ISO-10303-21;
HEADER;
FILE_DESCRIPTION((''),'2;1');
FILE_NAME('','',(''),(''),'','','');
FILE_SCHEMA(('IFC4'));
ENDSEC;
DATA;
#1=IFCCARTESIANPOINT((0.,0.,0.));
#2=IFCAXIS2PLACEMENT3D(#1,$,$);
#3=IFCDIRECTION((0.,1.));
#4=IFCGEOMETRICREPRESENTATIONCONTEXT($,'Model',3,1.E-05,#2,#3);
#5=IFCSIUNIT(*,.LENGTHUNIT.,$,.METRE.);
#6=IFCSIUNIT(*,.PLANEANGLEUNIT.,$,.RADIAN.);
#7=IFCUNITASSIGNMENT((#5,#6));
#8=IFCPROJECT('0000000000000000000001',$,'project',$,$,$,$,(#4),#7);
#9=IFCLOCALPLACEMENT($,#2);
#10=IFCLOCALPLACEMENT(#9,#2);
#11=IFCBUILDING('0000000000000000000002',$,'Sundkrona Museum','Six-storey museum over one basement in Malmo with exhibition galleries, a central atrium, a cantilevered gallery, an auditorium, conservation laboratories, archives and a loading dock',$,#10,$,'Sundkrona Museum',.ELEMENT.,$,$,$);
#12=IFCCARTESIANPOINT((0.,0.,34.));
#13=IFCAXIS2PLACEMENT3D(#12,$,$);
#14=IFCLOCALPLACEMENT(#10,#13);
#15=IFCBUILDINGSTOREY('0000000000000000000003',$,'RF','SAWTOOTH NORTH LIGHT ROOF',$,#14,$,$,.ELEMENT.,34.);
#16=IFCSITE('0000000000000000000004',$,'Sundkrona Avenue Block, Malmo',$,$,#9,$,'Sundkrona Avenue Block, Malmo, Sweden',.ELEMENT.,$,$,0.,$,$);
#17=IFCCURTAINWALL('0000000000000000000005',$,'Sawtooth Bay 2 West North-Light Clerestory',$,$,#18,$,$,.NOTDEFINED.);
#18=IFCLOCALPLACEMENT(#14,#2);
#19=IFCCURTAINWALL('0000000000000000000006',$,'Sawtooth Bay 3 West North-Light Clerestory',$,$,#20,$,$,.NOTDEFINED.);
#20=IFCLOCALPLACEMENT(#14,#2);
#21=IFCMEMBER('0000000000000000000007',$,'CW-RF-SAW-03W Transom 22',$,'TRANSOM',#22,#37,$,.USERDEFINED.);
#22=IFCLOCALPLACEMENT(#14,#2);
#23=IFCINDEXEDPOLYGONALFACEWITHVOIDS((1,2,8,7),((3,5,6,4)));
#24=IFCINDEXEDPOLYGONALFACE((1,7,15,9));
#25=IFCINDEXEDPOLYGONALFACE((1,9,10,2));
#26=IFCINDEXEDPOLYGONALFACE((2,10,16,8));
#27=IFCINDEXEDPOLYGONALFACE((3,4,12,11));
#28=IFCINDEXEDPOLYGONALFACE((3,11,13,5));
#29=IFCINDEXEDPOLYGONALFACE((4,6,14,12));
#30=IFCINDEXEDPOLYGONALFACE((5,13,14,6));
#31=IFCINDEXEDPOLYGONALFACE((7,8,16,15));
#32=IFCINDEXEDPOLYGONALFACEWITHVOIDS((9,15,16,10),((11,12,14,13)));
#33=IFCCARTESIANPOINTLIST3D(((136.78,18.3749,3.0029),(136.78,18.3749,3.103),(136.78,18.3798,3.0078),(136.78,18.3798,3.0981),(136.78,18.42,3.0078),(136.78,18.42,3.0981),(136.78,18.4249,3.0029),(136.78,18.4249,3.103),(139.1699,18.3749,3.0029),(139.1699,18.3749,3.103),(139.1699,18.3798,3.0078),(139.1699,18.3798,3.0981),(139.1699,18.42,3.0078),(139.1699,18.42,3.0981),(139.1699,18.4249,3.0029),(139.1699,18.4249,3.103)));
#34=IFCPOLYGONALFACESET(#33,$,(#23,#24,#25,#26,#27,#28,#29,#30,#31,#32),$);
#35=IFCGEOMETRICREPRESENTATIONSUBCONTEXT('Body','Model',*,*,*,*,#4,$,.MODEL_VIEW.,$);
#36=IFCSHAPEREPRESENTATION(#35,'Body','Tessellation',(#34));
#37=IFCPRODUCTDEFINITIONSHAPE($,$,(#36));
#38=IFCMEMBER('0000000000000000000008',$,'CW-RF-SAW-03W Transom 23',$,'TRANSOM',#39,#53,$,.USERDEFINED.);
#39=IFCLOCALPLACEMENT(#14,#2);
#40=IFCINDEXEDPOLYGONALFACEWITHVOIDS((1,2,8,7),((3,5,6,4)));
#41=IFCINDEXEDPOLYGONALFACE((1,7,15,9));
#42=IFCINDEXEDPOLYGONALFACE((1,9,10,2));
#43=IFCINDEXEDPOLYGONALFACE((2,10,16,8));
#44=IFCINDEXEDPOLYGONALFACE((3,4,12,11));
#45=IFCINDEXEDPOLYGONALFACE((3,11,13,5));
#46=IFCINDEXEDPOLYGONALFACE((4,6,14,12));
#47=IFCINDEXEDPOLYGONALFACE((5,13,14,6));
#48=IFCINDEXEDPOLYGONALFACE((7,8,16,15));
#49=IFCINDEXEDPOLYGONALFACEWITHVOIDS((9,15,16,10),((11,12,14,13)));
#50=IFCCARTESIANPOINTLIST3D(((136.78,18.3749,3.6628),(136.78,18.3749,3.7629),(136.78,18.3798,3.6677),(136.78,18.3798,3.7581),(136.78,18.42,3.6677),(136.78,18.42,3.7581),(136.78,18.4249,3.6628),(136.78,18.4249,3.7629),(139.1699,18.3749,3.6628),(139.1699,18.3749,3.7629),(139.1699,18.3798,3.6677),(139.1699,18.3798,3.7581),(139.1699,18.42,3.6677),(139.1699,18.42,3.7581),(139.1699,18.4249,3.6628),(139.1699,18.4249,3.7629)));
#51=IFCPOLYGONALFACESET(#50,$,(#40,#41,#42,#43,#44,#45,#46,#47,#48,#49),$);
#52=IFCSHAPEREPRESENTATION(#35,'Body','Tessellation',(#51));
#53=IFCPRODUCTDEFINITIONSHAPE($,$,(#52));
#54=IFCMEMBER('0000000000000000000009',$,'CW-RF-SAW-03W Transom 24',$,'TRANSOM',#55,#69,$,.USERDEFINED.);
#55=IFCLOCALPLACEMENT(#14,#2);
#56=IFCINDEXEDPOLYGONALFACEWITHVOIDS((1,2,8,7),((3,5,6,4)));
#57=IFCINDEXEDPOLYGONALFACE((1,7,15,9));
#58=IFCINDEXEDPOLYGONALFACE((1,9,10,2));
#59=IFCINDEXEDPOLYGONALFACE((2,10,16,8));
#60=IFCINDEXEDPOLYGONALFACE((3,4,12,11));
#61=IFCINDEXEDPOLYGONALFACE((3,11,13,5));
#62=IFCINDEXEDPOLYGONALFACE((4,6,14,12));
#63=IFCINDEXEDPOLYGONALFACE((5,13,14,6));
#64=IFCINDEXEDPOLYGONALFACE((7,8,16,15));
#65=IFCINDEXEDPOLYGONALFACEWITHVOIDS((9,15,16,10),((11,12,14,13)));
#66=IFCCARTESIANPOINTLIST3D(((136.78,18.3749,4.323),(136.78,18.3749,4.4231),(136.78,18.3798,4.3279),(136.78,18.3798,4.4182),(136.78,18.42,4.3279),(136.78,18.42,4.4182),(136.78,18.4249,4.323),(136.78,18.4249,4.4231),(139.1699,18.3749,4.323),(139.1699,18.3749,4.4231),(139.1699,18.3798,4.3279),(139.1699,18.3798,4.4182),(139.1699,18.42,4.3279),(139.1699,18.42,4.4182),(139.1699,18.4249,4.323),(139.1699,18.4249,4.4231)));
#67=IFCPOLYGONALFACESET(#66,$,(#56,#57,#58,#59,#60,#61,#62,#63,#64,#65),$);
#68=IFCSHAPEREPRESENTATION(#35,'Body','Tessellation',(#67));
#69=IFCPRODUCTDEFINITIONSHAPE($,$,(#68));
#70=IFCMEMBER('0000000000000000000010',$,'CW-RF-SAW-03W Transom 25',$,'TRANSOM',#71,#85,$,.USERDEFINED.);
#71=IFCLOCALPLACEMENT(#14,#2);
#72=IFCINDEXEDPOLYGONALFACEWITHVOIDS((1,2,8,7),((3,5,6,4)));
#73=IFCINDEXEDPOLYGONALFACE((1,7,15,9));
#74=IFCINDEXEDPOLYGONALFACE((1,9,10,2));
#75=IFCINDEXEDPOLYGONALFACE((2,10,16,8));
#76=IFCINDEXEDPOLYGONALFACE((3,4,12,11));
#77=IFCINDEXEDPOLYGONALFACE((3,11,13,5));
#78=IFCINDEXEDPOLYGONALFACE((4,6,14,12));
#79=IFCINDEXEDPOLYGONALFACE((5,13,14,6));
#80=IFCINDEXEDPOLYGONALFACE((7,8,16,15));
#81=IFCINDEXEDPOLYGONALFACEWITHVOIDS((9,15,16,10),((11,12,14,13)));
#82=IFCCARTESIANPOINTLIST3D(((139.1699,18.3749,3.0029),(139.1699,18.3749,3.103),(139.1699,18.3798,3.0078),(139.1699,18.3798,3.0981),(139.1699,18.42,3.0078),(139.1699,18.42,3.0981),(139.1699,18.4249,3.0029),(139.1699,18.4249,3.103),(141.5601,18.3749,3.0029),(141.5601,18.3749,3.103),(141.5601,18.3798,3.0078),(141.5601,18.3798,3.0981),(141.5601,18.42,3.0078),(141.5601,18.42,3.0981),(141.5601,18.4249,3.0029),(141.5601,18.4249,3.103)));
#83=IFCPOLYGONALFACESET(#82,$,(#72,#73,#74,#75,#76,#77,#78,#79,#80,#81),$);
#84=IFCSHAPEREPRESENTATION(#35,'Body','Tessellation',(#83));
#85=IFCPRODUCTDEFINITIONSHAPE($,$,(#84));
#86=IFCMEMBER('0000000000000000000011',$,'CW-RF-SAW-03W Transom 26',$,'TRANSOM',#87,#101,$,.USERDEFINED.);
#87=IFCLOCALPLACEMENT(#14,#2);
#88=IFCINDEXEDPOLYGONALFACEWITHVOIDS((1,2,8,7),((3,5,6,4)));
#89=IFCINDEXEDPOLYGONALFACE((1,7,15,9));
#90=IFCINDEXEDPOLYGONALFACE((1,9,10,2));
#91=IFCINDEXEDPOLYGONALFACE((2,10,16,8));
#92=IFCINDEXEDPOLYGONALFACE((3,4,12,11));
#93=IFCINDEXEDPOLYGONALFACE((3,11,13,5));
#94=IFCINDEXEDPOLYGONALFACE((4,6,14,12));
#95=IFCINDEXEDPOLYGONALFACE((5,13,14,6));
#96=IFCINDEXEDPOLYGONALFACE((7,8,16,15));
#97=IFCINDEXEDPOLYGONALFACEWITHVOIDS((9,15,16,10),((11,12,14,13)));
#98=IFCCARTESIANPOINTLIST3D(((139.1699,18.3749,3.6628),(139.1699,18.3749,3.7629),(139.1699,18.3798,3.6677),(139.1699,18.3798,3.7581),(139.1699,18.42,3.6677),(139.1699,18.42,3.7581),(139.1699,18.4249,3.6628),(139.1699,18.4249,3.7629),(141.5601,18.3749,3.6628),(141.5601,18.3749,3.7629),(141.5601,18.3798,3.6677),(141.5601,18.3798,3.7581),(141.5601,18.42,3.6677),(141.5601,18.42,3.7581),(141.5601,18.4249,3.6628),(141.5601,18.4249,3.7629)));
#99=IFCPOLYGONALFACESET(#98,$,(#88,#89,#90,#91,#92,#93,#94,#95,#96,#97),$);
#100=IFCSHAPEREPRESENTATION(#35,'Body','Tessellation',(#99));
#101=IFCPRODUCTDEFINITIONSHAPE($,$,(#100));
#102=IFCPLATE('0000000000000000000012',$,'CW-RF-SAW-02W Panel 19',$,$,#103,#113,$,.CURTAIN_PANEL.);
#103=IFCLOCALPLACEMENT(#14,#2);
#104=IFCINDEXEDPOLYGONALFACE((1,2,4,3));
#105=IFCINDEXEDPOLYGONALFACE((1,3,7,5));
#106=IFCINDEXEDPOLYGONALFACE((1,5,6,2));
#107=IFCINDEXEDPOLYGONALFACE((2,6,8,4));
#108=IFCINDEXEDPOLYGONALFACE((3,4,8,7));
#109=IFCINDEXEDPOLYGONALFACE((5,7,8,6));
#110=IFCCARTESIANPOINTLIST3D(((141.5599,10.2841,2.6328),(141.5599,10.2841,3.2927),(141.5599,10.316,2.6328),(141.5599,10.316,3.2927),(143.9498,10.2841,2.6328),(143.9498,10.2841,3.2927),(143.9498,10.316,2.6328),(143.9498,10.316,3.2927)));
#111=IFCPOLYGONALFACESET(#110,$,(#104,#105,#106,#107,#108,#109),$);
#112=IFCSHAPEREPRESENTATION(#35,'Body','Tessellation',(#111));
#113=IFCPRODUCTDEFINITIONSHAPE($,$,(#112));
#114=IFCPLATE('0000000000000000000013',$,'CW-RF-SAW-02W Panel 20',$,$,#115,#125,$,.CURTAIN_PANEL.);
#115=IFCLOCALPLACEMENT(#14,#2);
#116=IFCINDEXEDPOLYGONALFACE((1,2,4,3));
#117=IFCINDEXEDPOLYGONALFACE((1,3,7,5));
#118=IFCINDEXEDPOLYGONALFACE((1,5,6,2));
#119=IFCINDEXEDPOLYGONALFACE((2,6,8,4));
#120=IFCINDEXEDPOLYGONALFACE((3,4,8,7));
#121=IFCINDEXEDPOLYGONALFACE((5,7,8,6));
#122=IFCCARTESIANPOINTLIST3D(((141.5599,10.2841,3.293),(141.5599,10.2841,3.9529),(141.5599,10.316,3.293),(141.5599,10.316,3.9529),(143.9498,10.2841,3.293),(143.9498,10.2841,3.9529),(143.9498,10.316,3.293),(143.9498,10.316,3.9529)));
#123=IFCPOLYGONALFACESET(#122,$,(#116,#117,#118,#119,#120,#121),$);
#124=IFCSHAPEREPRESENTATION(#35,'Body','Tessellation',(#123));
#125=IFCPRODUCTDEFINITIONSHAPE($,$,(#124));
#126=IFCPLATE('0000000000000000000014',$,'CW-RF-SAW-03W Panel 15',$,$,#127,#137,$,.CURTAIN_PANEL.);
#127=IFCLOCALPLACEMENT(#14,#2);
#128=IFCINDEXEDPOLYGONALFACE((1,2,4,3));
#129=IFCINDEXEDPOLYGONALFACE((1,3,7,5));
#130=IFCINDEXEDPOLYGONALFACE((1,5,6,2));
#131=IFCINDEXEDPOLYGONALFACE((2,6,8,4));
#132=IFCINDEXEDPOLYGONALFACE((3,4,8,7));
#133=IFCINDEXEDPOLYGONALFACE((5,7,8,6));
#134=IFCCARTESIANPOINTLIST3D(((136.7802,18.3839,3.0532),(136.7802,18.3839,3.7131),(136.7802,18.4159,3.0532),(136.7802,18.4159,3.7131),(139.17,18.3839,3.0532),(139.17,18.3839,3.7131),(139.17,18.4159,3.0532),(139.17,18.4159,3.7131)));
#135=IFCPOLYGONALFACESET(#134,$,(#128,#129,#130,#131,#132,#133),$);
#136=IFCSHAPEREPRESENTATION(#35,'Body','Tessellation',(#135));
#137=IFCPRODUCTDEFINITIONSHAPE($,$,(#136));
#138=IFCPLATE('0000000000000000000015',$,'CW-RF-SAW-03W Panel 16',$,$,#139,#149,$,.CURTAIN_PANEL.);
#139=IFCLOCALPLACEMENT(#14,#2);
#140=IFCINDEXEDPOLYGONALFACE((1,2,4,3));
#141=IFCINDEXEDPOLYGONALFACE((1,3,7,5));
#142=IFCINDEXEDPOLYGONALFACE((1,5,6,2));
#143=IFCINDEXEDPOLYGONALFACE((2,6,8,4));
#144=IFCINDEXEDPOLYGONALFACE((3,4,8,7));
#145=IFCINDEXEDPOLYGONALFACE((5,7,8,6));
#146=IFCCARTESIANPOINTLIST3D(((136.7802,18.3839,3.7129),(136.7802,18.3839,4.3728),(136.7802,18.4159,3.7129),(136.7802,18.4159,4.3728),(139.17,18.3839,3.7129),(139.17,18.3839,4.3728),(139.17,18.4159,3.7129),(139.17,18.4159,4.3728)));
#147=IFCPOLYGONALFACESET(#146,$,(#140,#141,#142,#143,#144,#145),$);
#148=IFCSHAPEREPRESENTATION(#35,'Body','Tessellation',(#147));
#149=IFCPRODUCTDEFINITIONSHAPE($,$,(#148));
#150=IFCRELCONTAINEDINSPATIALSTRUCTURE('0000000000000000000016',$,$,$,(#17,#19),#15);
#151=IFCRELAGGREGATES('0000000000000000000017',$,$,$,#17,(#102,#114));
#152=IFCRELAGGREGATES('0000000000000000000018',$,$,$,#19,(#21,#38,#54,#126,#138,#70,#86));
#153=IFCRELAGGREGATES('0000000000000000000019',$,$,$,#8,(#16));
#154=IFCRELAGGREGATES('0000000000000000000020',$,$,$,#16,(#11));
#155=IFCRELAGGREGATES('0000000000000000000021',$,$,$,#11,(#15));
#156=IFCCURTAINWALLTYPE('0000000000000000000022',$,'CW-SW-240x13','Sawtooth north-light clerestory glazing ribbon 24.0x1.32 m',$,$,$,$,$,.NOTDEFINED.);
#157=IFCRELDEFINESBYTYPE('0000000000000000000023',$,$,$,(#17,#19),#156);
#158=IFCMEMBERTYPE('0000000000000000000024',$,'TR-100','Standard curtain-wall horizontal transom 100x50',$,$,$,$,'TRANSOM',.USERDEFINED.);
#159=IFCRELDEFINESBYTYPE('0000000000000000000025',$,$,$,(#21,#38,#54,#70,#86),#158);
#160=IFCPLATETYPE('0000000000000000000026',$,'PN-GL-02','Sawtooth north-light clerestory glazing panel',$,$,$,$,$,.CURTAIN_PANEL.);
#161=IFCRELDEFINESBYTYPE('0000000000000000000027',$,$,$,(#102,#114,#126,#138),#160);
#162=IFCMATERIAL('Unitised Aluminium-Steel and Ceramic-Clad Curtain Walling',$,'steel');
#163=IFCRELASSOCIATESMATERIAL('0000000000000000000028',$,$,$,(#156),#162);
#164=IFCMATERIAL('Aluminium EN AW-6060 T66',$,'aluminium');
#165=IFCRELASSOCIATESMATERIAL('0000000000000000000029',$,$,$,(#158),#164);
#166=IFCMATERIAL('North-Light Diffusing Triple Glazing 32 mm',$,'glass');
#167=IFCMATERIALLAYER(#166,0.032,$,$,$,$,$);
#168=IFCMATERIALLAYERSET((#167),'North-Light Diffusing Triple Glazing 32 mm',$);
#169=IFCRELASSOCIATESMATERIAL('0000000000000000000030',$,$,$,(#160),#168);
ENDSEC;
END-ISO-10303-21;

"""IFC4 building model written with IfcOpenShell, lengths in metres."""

from ifc_helpers import new_model, si_unit, direction, frame, origin, origin_2d, place, context, subcontext, project, spatial, rectangle, hollow_rectangle, extrude, material, layer, layer_set, material_profile, profile_set, type_object, element, aggregate, save


model = new_model("IFC4")

# Units and contexts
model_context = context("Model", 3, precision=1e-05, world=origin(), true_north=direction((0.0, 1.0)))
body_context = subcontext(model_context, "Body", "Model", "MODEL_VIEW")
ifc_project = project(units=[si_unit("LENGTHUNIT", "METRE"), si_unit("PLANEANGLEUNIT", "RADIAN")], contexts=[model_context])

# Site, building, storey
site_placement = place(None, origin())
site = spatial("IfcSite", under=ifc_project, at=site_placement, Name="Sundkrona Avenue Block, Malmo", LongName="Sundkrona Avenue Block, Malmo, Sweden", CompositionType="ELEMENT", RefElevation=0.0)
building_placement = place(site_placement, origin())
building = spatial("IfcBuilding", under=site, at=building_placement, Name="Sundkrona Museum", Description="Six-storey museum over one basement in Malmo with exhibition galleries, a central atrium, a cantilevered gallery, an auditorium, conservation laboratories, archives and a loading dock", LongName="Sundkrona Museum", CompositionType="ELEMENT")
storey_placement = place(building_placement, frame((0.0, 0.0, 34.0)))
storey = spatial("IfcBuildingStorey", under=building, at=storey_placement, Name="RF", Description="SAWTOOTH NORTH LIGHT ROOF", CompositionType="ELEMENT", Elevation=34.0)

# Curtain wall
ifc_material_1 = material(Name="Unitised Aluminium-Steel and Ceramic-Clad Curtain Walling", Category="steel")
curtain_wall_type = type_object("IfcCurtainWallType", Name="CW-SW-240x13", Description="Sawtooth north-light clerestory glazing ribbon 24.0x1.32 m", PredefinedType="NOTDEFINED", material=ifc_material_1)
curtain_wall_1_placement = place(storey_placement, origin())
curtain_wall_1 = element("IfcCurtainWall", 1, at=curtain_wall_1_placement, inside=storey, type_object=curtain_wall_type, Name="Sawtooth Bay 2 West North-Light Clerestory", PredefinedType="NOTDEFINED")
ifc_material_2 = material(Name="Aluminium EN AW-6060 T66", Category="aluminium")

# Curtain wall
curtain_wall_2_placement = place(storey_placement, origin())
curtain_wall_2 = element("IfcCurtainWall", 2, at=curtain_wall_2_placement, inside=storey, type_object=curtain_wall_type, Name="Sawtooth Bay 3 West North-Light Clerestory", PredefinedType="NOTDEFINED")

# Members
ifc_material_profile_1 = material_profile(ifc_material_2, hollow_rectangle(XDim=0.05, YDim=0.1001, WallThickness=0.0049, at=origin_2d()), Name="RHS 100x50x5.0")
ifc_profile_set_1 = profile_set([ifc_material_profile_1], Name="Aluminium EN AW-6060 T66")
member_type_1 = type_object("IfcMemberType", Name="TR-100", Description="Standard curtain-wall horizontal transom 100x50", ElementType="TRANSOM", PredefinedType="USERDEFINED", material=ifc_profile_set_1)
member_1_placement = place(storey_placement, frame((136.78, 18.3999, 3.053), z_axis=(1.0, 0.0, 0.0), x_axis=(0.0, 1.0, 0.0)))
member_1 = element("IfcMember", 3, at=member_1_placement, type_object=member_type_1, Name="CW-RF-SAW-03W Transom 22", ObjectType="TRANSOM", PredefinedType="USERDEFINED", context=body_context, shape_type="SweptSolid", body=[
    extrude(hollow_rectangle(XDim=0.05, YDim=0.1001, WallThickness=0.0049, at=origin_2d()), origin(), (0.0, 0.0, 1.0), 2.3899),
])
member_2_placement = place(storey_placement, frame((136.78, 18.3999, 3.7129), z_axis=(1.0, 0.0, 0.0), x_axis=(0.0, 1.0, 0.0)))
member_2 = element("IfcMember", 4, at=member_2_placement, type_object=member_type_1, Name="CW-RF-SAW-03W Transom 23", ObjectType="TRANSOM", PredefinedType="USERDEFINED", context=body_context, shape_type="SweptSolid", body=[
    extrude(hollow_rectangle(XDim=0.05, YDim=0.1001, WallThickness=0.0049, at=origin_2d()), origin(), (0.0, 0.0, 1.0), 2.3899),
])
member_3_placement = place(storey_placement, frame((136.78, 18.3999, 4.373), z_axis=(1.0, 0.0, 0.0), x_axis=(0.0, 1.0, 0.0)))
member_3 = element("IfcMember", 5, at=member_3_placement, type_object=member_type_1, Name="CW-RF-SAW-03W Transom 24", ObjectType="TRANSOM", PredefinedType="USERDEFINED", context=body_context, shape_type="SweptSolid", body=[
    extrude(hollow_rectangle(XDim=0.05, YDim=0.1001, WallThickness=0.0049, at=origin_2d()), origin(), (0.0, 0.0, 1.0), 2.3899),
])
member_4_placement = place(storey_placement, frame((139.1699, 18.3999, 3.053), z_axis=(1.0, 0.0, 0.0), x_axis=(0.0, 1.0, 0.0)))
member_4 = element("IfcMember", 6, at=member_4_placement, type_object=member_type_1, Name="CW-RF-SAW-03W Transom 25", ObjectType="TRANSOM", PredefinedType="USERDEFINED", context=body_context, shape_type="SweptSolid", body=[
    extrude(hollow_rectangle(XDim=0.05, YDim=0.1001, WallThickness=0.0049, at=origin_2d()), origin(), (0.0, 0.0, 1.0), 2.3901),
])
member_5_placement = place(storey_placement, frame((139.1699, 18.3999, 3.7129), z_axis=(1.0, 0.0, 0.0), x_axis=(0.0, 1.0, 0.0)))
member_5 = element("IfcMember", 7, at=member_5_placement, type_object=member_type_1, Name="CW-RF-SAW-03W Transom 26", ObjectType="TRANSOM", PredefinedType="USERDEFINED", context=body_context, shape_type="SweptSolid", body=[
    extrude(hollow_rectangle(XDim=0.05, YDim=0.1001, WallThickness=0.0049, at=origin_2d()), origin(), (0.0, 0.0, 1.0), 2.3901),
])

# Plates
ifc_material_3 = material(Name="North-Light Diffusing Triple Glazing 32 mm", Category="glass")
ifc_layer_1 = layer(ifc_material_3, 0.032)
ifc_layer_set_1 = layer_set([ifc_layer_1], Name="North-Light Diffusing Triple Glazing 32 mm")
plate_type = type_object("IfcPlateType", Name="PN-GL-02", Description="Sawtooth north-light clerestory glazing panel", PredefinedType="CURTAIN_PANEL", material=ifc_layer_set_1)
plate_1_placement = place(storey_placement, frame((142.7549, 10.3, 2.6328), z_axis=(0.0, 0.0, 1.0), x_axis=(1.0, 0.0, 0.0)))
plate_1 = element("IfcPlate", 8, at=plate_1_placement, type_object=plate_type, Name="CW-RF-SAW-02W Panel 19", PredefinedType="CURTAIN_PANEL", context=body_context, shape_type="SweptSolid", body=[
    extrude(rectangle(XDim=2.3899, YDim=0.032, at=origin_2d()), origin(), (0.0, 0.0, 1.0), 0.6599),
])
plate_2_placement = place(storey_placement, frame((142.7549, 10.3, 3.293), z_axis=(0.0, 0.0, 1.0), x_axis=(1.0, 0.0, 0.0)))
plate_2 = element("IfcPlate", 9, at=plate_2_placement, type_object=plate_type, Name="CW-RF-SAW-02W Panel 20", PredefinedType="CURTAIN_PANEL", context=body_context, shape_type="SweptSolid", body=[
    extrude(rectangle(XDim=2.3899, YDim=0.032, at=origin_2d()), origin(), (0.0, 0.0, 1.0), 0.6599),
])
aggregate(curtain_wall_1, [plate_1, plate_2])
plate_3_placement = place(storey_placement, frame((137.9751, 18.3999, 3.0532), z_axis=(0.0, 0.0, 1.0), x_axis=(1.0, 0.0, 0.0)))
plate_3 = element("IfcPlate", 10, at=plate_3_placement, type_object=plate_type, Name="CW-RF-SAW-03W Panel 15", PredefinedType="CURTAIN_PANEL", context=body_context, shape_type="SweptSolid", body=[
    extrude(rectangle(XDim=2.3899, YDim=0.032, at=origin_2d()), origin(), (0.0, 0.0, 1.0), 0.6599),
])
plate_4_placement = place(storey_placement, frame((137.9751, 18.3999, 3.7129), z_axis=(0.0, 0.0, 1.0), x_axis=(1.0, 0.0, 0.0)))
plate_4 = element("IfcPlate", 11, at=plate_4_placement, type_object=plate_type, Name="CW-RF-SAW-03W Panel 16", PredefinedType="CURTAIN_PANEL", context=body_context, shape_type="SweptSolid", body=[
    extrude(rectangle(XDim=2.3899, YDim=0.032, at=origin_2d()), origin(), (0.0, 0.0, 1.0), 0.6599),
])
aggregate(curtain_wall_2, [member_1, member_2, member_3, plate_3, plate_4, member_4, member_5])

save(model, "model.ifc")
